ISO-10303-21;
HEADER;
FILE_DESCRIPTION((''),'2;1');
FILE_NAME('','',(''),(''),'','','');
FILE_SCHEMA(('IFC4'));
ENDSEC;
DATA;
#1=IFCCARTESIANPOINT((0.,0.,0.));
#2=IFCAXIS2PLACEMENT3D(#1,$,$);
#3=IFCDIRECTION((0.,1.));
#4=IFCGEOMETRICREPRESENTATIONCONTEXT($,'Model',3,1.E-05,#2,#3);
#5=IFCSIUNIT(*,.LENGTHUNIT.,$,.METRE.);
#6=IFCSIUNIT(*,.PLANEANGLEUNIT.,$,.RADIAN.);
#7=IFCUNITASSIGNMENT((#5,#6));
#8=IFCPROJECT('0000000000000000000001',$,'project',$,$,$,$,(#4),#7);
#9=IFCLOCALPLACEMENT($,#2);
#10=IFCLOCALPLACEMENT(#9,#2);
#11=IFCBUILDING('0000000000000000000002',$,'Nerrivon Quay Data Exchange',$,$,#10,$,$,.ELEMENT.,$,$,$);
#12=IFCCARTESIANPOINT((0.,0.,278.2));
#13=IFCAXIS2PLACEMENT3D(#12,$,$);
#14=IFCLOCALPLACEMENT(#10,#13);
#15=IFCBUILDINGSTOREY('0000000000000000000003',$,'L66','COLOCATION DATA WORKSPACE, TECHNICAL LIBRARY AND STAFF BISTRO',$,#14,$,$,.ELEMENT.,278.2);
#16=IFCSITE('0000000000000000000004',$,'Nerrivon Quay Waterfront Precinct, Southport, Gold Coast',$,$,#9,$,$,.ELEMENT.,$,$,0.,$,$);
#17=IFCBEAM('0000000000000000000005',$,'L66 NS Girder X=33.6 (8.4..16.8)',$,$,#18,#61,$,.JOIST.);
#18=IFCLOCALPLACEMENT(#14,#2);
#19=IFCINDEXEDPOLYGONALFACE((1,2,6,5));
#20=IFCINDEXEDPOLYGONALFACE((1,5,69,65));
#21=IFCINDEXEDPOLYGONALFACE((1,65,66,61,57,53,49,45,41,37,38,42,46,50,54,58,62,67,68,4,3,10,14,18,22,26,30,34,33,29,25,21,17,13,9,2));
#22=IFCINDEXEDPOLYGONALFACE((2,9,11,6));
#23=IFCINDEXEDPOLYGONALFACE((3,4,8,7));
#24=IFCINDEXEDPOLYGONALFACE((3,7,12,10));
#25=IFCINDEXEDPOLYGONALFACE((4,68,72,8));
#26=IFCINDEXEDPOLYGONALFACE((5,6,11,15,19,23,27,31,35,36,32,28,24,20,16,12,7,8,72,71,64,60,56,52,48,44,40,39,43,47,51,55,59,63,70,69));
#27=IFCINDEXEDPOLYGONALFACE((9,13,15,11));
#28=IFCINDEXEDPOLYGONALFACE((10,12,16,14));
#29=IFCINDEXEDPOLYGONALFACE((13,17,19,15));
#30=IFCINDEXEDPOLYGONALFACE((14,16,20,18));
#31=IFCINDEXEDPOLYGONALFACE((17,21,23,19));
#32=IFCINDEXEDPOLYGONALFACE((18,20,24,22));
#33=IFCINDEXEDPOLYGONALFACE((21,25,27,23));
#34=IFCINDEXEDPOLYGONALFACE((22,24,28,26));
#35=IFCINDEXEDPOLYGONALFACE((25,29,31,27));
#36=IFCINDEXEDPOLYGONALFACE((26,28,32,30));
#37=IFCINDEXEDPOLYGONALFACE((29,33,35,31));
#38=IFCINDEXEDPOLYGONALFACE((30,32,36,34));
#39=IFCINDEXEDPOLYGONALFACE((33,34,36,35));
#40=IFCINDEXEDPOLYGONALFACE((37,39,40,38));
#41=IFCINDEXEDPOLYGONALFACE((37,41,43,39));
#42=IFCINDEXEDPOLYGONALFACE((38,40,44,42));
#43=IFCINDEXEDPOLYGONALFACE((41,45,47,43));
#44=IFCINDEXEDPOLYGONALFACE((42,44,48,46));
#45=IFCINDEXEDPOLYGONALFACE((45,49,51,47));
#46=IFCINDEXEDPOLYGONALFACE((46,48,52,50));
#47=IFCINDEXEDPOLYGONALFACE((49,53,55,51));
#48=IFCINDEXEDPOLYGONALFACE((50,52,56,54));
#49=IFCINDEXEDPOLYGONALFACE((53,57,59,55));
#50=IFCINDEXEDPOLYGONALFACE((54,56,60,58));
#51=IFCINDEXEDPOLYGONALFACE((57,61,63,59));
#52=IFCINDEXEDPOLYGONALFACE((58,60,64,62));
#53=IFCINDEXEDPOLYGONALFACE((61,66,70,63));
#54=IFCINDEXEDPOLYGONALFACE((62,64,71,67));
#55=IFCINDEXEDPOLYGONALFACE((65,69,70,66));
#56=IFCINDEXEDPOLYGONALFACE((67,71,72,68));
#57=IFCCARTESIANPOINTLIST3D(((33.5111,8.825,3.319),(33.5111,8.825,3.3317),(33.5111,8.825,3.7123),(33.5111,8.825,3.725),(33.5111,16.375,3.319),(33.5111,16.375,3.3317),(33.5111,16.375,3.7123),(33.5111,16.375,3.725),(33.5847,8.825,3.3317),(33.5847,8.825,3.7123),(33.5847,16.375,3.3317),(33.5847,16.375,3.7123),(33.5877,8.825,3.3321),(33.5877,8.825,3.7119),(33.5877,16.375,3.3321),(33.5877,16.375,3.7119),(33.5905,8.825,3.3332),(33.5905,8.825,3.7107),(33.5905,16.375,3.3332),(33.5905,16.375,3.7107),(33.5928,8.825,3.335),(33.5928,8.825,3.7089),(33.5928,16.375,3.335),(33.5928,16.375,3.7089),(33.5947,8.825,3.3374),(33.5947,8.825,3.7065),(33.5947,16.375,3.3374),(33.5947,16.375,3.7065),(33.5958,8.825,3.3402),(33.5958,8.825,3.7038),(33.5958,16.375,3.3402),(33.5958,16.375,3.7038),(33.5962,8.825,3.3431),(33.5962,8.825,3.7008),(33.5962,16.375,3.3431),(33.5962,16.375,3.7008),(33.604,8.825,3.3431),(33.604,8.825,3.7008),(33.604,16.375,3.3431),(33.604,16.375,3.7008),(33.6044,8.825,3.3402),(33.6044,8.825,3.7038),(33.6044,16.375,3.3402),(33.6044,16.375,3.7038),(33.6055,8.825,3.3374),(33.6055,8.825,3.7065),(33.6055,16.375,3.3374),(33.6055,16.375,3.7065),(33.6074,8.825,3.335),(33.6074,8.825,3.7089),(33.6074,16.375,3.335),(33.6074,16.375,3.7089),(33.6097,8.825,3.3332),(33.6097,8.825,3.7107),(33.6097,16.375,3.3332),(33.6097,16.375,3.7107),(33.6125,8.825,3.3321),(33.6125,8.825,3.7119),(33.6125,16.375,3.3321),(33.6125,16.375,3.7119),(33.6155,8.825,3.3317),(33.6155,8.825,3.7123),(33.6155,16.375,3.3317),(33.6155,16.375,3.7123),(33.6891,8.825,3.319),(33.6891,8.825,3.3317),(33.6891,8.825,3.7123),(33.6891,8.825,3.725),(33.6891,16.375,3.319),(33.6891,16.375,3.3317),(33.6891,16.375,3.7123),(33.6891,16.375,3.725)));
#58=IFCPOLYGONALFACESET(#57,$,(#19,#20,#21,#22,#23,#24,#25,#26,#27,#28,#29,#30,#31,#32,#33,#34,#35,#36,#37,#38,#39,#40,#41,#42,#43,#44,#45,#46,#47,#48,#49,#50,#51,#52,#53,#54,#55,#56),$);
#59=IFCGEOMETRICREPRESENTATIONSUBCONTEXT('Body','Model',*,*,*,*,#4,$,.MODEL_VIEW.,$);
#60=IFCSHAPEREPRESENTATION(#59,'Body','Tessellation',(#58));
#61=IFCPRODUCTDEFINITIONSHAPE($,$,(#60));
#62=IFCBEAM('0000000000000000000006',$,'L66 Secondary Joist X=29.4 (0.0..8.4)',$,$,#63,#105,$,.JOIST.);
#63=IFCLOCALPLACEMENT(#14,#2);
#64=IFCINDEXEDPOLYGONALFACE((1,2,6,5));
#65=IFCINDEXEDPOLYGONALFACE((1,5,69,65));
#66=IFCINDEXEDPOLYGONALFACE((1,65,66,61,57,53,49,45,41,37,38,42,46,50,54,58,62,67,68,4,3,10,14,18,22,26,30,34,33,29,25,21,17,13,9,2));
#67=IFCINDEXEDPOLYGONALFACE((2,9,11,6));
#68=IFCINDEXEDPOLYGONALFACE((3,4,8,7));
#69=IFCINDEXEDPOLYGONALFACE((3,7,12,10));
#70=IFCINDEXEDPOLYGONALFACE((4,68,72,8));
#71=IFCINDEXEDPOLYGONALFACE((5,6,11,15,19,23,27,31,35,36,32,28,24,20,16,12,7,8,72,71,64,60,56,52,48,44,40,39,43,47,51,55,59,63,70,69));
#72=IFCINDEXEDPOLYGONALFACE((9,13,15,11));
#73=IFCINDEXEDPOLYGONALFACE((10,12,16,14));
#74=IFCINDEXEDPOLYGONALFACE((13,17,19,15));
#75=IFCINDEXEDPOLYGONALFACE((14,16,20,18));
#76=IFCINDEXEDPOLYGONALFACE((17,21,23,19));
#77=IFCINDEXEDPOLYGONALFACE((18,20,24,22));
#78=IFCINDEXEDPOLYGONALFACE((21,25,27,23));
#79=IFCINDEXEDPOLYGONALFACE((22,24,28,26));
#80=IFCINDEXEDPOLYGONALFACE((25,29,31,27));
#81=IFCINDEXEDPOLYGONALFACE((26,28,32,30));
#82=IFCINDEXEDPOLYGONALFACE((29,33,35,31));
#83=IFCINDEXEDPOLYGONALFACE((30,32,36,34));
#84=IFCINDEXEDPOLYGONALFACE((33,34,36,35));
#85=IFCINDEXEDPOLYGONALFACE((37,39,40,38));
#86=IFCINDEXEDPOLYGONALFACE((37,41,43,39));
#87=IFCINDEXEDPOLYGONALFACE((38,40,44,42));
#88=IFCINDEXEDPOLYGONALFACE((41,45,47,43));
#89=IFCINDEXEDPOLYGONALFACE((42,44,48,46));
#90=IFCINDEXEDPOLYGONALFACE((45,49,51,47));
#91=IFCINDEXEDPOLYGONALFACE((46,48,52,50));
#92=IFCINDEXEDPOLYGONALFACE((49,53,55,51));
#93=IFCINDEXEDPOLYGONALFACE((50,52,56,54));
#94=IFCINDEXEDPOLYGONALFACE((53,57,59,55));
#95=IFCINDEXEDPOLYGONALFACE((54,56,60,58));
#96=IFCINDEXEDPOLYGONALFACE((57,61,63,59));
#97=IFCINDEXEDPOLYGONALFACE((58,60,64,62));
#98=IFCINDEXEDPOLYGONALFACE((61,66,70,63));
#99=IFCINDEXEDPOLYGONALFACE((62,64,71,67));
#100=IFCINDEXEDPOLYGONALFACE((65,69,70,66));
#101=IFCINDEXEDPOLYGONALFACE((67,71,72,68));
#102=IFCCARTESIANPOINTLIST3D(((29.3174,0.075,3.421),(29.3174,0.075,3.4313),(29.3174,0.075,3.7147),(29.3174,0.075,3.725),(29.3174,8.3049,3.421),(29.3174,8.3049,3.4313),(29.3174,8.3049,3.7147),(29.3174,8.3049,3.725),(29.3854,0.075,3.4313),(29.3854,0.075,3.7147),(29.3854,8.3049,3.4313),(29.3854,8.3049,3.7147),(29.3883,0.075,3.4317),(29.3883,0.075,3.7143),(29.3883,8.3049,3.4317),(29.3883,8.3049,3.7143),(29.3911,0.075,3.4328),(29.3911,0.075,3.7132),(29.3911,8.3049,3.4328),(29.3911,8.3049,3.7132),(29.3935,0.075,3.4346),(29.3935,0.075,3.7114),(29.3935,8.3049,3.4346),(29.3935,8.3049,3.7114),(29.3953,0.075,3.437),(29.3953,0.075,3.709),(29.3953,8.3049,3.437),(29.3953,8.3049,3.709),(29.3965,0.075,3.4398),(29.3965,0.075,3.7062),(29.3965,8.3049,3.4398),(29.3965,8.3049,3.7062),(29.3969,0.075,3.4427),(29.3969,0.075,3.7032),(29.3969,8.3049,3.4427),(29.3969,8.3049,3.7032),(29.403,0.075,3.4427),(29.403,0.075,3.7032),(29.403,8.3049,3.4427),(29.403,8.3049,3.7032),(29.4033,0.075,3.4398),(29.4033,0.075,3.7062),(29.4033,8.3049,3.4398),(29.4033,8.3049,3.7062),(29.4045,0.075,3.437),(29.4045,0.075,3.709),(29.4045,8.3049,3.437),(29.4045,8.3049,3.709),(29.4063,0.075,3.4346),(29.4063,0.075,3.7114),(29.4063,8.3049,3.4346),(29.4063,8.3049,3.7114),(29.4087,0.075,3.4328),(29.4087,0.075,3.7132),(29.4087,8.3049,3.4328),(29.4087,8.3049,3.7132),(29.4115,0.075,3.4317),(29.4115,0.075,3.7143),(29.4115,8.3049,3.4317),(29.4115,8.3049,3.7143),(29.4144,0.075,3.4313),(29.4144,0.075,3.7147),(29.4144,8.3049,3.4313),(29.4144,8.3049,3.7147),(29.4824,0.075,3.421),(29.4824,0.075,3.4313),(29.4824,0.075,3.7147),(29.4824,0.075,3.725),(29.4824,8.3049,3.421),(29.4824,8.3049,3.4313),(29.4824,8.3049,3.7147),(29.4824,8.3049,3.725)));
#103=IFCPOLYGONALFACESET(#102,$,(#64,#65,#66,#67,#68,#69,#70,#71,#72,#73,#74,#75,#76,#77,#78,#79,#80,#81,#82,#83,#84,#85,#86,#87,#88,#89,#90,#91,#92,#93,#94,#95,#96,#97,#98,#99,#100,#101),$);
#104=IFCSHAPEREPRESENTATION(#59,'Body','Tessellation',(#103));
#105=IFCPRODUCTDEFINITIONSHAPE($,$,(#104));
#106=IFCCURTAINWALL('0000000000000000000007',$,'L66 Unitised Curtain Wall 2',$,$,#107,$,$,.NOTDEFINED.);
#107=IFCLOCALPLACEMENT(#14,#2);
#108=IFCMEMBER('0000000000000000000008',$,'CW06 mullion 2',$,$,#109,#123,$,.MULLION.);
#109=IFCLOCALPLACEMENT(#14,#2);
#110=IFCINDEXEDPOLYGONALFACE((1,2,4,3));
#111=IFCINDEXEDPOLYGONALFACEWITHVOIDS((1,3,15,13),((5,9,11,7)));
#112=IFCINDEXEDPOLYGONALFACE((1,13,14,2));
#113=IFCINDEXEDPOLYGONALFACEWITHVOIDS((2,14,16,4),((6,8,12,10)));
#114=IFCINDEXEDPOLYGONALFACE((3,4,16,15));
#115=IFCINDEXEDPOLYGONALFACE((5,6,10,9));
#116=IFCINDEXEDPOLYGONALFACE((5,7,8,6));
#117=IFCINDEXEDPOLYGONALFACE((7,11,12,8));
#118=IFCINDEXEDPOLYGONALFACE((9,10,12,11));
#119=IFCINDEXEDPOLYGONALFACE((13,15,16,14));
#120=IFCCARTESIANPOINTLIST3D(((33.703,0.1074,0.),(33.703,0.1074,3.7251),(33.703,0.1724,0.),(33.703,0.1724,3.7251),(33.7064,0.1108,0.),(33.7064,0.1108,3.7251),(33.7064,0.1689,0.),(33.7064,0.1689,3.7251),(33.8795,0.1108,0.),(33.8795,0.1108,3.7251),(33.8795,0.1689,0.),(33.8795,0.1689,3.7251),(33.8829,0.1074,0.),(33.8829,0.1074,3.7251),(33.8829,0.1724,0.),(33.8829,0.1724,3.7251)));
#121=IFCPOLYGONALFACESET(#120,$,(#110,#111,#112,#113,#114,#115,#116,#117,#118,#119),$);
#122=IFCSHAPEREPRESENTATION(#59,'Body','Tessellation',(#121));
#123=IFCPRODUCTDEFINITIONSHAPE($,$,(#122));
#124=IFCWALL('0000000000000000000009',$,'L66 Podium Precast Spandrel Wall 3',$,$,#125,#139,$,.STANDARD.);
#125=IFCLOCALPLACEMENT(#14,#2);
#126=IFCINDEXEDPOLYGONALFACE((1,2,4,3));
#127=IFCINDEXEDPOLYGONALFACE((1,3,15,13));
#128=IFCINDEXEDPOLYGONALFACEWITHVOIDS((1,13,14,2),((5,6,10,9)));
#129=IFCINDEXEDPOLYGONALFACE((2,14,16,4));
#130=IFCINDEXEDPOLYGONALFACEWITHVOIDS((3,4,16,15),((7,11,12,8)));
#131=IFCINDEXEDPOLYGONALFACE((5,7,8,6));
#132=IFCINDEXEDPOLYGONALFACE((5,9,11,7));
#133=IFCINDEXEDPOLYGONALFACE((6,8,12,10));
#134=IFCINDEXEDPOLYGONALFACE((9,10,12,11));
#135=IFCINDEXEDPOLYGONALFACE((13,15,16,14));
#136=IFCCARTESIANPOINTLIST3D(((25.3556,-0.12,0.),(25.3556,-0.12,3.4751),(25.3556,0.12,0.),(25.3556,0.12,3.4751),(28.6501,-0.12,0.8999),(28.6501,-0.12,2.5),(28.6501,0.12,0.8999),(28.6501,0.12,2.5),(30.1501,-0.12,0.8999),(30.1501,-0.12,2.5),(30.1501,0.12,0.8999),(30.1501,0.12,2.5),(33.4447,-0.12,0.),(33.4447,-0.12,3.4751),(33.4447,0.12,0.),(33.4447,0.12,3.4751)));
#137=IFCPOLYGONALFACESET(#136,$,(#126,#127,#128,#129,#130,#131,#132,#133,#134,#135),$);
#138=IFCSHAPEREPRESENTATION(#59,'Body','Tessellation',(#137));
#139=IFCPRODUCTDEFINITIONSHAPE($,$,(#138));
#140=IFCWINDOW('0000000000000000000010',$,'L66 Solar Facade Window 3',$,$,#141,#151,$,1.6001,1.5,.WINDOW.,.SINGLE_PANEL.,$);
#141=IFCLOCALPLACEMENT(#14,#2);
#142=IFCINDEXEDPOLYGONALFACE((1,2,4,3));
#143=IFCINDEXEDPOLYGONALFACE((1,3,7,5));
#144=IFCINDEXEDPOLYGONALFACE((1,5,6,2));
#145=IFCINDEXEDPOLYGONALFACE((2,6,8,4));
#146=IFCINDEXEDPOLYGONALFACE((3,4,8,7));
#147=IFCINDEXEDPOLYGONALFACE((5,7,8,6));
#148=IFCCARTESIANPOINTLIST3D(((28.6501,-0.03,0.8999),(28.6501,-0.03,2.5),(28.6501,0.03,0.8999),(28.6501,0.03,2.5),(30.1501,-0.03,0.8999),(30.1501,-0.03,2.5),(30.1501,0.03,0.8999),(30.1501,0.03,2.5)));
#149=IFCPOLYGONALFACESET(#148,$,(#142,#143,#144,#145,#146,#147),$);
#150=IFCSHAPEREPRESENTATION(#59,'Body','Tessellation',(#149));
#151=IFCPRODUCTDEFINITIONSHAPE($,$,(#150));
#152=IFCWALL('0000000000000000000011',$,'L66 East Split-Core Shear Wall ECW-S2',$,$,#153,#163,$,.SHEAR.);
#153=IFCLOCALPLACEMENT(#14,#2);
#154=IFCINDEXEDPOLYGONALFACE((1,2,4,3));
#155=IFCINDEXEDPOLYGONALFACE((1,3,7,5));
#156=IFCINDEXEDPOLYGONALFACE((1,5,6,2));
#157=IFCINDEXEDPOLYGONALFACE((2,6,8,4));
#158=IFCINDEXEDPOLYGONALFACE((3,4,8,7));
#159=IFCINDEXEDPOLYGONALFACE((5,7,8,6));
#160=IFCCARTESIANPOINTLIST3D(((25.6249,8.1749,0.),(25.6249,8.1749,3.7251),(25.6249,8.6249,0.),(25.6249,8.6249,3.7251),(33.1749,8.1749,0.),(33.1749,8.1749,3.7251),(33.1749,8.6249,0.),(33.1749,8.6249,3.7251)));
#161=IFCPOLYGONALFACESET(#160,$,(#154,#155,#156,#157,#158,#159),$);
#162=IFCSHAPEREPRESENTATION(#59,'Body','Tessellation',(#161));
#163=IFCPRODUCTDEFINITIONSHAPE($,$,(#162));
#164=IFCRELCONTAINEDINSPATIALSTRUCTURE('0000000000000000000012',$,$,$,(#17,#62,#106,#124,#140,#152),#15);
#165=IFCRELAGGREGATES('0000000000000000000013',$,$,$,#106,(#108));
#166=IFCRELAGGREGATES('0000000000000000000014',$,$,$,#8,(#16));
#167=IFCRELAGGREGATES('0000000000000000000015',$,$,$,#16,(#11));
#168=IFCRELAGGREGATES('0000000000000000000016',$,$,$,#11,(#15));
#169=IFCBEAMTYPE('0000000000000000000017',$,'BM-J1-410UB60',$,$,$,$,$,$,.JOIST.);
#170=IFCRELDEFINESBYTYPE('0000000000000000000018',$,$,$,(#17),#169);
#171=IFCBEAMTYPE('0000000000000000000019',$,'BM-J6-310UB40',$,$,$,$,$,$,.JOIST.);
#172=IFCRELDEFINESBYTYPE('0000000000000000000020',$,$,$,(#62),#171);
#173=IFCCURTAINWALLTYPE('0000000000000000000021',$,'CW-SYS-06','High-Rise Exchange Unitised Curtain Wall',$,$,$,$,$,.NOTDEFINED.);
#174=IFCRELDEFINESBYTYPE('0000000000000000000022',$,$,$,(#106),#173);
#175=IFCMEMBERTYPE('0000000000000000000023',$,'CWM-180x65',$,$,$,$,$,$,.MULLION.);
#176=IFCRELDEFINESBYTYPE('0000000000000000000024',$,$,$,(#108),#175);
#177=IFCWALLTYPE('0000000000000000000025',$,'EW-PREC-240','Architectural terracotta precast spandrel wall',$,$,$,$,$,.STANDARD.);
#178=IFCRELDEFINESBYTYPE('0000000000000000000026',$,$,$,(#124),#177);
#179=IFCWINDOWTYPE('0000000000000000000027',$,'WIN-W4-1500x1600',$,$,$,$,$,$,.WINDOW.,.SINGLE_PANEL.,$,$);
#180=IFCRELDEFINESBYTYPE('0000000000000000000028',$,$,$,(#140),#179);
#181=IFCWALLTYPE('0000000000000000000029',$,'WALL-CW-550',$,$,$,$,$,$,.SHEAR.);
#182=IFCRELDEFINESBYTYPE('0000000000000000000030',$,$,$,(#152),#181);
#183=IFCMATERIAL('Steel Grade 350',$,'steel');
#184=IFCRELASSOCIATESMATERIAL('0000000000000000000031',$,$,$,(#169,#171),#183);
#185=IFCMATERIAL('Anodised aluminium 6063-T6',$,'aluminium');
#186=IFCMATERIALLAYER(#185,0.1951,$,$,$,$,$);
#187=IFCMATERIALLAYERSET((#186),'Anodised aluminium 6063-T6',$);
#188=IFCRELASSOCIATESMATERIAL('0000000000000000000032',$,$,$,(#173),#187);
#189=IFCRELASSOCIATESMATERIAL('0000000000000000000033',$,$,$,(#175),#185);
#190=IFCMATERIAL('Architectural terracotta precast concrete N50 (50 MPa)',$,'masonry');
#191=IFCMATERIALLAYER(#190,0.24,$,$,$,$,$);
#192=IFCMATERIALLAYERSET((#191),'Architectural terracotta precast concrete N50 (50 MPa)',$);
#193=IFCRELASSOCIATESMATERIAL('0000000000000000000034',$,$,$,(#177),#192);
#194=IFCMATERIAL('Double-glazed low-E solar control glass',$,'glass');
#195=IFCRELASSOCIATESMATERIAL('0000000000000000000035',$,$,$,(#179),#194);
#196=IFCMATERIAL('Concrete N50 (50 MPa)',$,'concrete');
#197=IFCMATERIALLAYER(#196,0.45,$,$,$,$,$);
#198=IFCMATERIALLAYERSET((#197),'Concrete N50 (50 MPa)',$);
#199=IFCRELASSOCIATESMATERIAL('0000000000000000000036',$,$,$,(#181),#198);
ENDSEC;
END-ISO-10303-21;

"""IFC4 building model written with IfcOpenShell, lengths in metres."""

from ifc_helpers import new_model, si_unit, direction, frame, frame_2d, origin, origin_2d, place, context, subcontext, project, spatial, rectangle, hollow_rectangle, i_section, extrude, material, layer, layer_set, material_profile, profile_set, type_object, element, fill, aggregate, save


model = new_model("IFC4")

# Units and contexts
model_context = context("Model", 3, precision=1e-05, world=origin(), true_north=direction((0.0, 1.0)))
body_context = subcontext(model_context, "Body", "Model", "MODEL_VIEW")
ifc_project = project(units=[si_unit("LENGTHUNIT", "METRE"), si_unit("PLANEANGLEUNIT", "RADIAN")], contexts=[model_context])

# Site, building, storey
site_placement = place(None, origin())
site = spatial("IfcSite", under=ifc_project, at=site_placement, Name="Nerrivon Quay Waterfront Precinct, Southport, Gold Coast", CompositionType="ELEMENT", RefElevation=0.0)
building_placement = place(site_placement, origin())
building = spatial("IfcBuilding", under=site, at=building_placement, Name="Nerrivon Quay Data Exchange", CompositionType="ELEMENT")
storey_placement = place(building_placement, frame((0.0, 0.0, 278.2)))
storey = spatial("IfcBuildingStorey", under=building, at=storey_placement, Name="L66", Description="COLOCATION DATA WORKSPACE, TECHNICAL LIBRARY AND STAFF BISTRO", CompositionType="ELEMENT", Elevation=278.2)

# Shared definitions
ifc_material_1 = material(Name="Concrete N50 (50 MPa)", Category="concrete")
ifc_material_2 = material(Name="Steel Grade 350", Category="steel")

# Beams
ifc_material_profile_1 = material_profile(ifc_material_2, i_section(OverallWidth=0.178, OverallDepth=0.406, WebThickness=0.0078, FlangeThickness=0.0127, FilletRadius=0.0115, at=origin_2d()), Name="410UB59.7")
ifc_profile_set_1 = profile_set([ifc_material_profile_1], Name="Steel Grade 350")
beam_type_1 = type_object("IfcBeamType", Name="BM-J1-410UB60", PredefinedType="JOIST", material=ifc_profile_set_1)
beam_1_placement = place(storey_placement, frame((33.6001, 8.825, 3.522), z_axis=(0.0, 1.0, 0.0), x_axis=(-1.0, 0.0, 0.0)))
element("IfcBeam", 1, at=beam_1_placement, inside=storey, type_object=beam_type_1, Name="L66 NS Girder X=33.6 (8.4..16.8)", PredefinedType="JOIST", context=body_context, shape_type="SweptSolid", body=[
    extrude(i_section(OverallWidth=0.178, OverallDepth=0.406, WebThickness=0.0078, FlangeThickness=0.0127, FilletRadius=0.0115, at=origin_2d()), origin(), (0.0, 0.0, 1.0), 7.55),
])
ifc_material_profile_2 = material_profile(ifc_material_2, i_section(OverallWidth=0.165, OverallDepth=0.304, WebThickness=0.0061, FlangeThickness=0.0103, FilletRadius=0.0115, at=origin_2d()), Name="310UB40.4")
ifc_profile_set_2 = profile_set([ifc_material_profile_2], Name="Steel Grade 350")
beam_type_2 = type_object("IfcBeamType", Name="BM-J6-310UB40", PredefinedType="JOIST", material=ifc_profile_set_2)
beam_2_placement = place(storey_placement, frame((29.3999, 0.075, 3.573), z_axis=(0.0, 1.0, 0.0), x_axis=(-1.0, 0.0, 0.0)))
element("IfcBeam", 2, at=beam_2_placement, inside=storey, type_object=beam_type_2, Name="L66 Secondary Joist X=29.4 (0.0..8.4)", PredefinedType="JOIST", context=body_context, shape_type="SweptSolid", body=[
    extrude(i_section(OverallWidth=0.165, OverallDepth=0.304, WebThickness=0.0061, FlangeThickness=0.0103, FilletRadius=0.0115, at=origin_2d()), origin(), (0.0, 0.0, 1.0), 8.23),
])

# Curtain wall, member
ifc_material_3 = material(Name="Anodised aluminium 6063-T6", Category="aluminium")
ifc_layer_1 = layer(ifc_material_3, 0.1951)
ifc_layer_set_1 = layer_set([ifc_layer_1], Name="Anodised aluminium 6063-T6")
curtain_wall_type = type_object("IfcCurtainWallType", Name="CW-SYS-06", Description="High-Rise Exchange Unitised Curtain Wall", PredefinedType="NOTDEFINED", material=ifc_layer_set_1)
curtain_wall_placement = place(storey_placement, origin())
curtain_wall = element("IfcCurtainWall", 3, at=curtain_wall_placement, inside=storey, type_object=curtain_wall_type, Name="L66 Unitised Curtain Wall 2", PredefinedType="NOTDEFINED")
ifc_material_profile_3 = material_profile(ifc_material_3, hollow_rectangle(XDim=0.0649, YDim=0.1799, WallThickness=0.0034, at=origin_2d()), Name="ALU-MULL-180x65")
ifc_profile_set_3 = profile_set([ifc_material_profile_3], Name="Anodised aluminium 6063-T6")
member_type = type_object("IfcMemberType", Name="CWM-180x65", PredefinedType="MULLION", material=ifc_profile_set_3)
member_placement = place(storey_placement, frame((33.793, 0.1399, 0.0), z_axis=(0.0, 0.0, 1.0), x_axis=(0.0, -1.0, 0.0)))
member = element("IfcMember", 4, at=member_placement, type_object=member_type, Name="CW06 mullion 2", PredefinedType="MULLION", context=body_context, shape_type="SweptSolid", body=[
    extrude(hollow_rectangle(XDim=0.0649, YDim=0.1799, WallThickness=0.0034, at=origin_2d()), origin(), (0.0, 0.0, 1.0), 3.7251),
])
aggregate(curtain_wall, [member])

# Wall, opening, window
ifc_material_4 = material(Name="Architectural terracotta precast concrete N50 (50 MPa)", Category="masonry")
ifc_layer_2 = layer(ifc_material_4, 0.24)
ifc_layer_set_2 = layer_set([ifc_layer_2], Name="Architectural terracotta precast concrete N50 (50 MPa)")
wall_type_1 = type_object("IfcWallType", Name="EW-PREC-240", Description="Architectural terracotta precast spandrel wall", PredefinedType="STANDARD", material=ifc_layer_set_2)
wall_1_placement = place(storey_placement, frame((33.4446, 0.0, 0.0), z_axis=(0.0, 0.0, 1.0), x_axis=(-1.0, 0.0, 0.0)))
wall_1 = element("IfcWall", 5, at=wall_1_placement, inside=storey, type_object=wall_type_1, Name="L66 Podium Precast Spandrel Wall 3", PredefinedType="STANDARD", context=body_context, shape_type="SweptSolid", body=[
    extrude(rectangle(XDim=8.0891, YDim=0.24, at=frame_2d((4.0444, 0.0))), origin(), (0.0, 0.0, 1.0), 3.4751),
])
opening_1_placement = place(wall_1_placement, frame((3.2944, 0.0, 0.8999)))
opening_1 = element("IfcOpeningElement", 6, at=opening_1_placement, cuts=wall_1, PredefinedType="OPENING", context=body_context, shape_type="SweptSolid", body=[
    extrude(rectangle(XDim=1.5, YDim=1.6001, at=frame_2d((0.75, 0.8))), frame((0.0, 0.1299, 0.0), z_axis=(0.0, -1.0, 0.0), x_axis=(1.0, 0.0, 0.0)), (0.0, 0.0, 1.0), 0.26),
])
ifc_material_5 = material(Name="Double-glazed low-E solar control glass", Category="glass")
window_type = type_object("IfcWindowType", Name="WIN-W4-1500x1600", PartitioningType="SINGLE_PANEL", PredefinedType="WINDOW", material=ifc_material_5)
window_placement = place(opening_1_placement, origin())
window = element("IfcWindow", 7, at=window_placement, inside=storey, type_object=window_type, Name="L66 Solar Facade Window 3", OverallHeight=1.6001, OverallWidth=1.5, PartitioningType="SINGLE_PANEL", PredefinedType="WINDOW", context=body_context, shape_type="SweptSolid", body=[
    extrude(rectangle(XDim=1.5, YDim=1.6001, at=frame_2d((0.75, 0.8))), frame((0.0, 0.03, 0.0), z_axis=(0.0, -1.0, 0.0), x_axis=(1.0, 0.0, 0.0)), (0.0, 0.0, 1.0), 0.0601),
])
fill(opening_1, window)

# Wall
ifc_layer_3 = layer(ifc_material_1, 0.45)
ifc_layer_set_3 = layer_set([ifc_layer_3], Name="Concrete N50 (50 MPa)")
wall_type_2 = type_object("IfcWallType", Name="WALL-CW-550", PredefinedType="SHEAR", material=ifc_layer_set_3)
wall_2_placement = place(storey_placement, frame((25.625, 8.3999, 0.0), z_axis=(0.0, 0.0, 1.0), x_axis=(1.0, 0.0, 0.0)))
element("IfcWall", 8, at=wall_2_placement, inside=storey, type_object=wall_type_2, Name="L66 East Split-Core Shear Wall ECW-S2", PredefinedType="SHEAR", context=body_context, shape_type="SweptSolid", body=[
    extrude(rectangle(XDim=7.55, YDim=0.45, at=frame_2d((3.7749, 0.0))), origin(), (0.0, 0.0, 1.0), 3.7251),
])

save(model, "model.ifc")
